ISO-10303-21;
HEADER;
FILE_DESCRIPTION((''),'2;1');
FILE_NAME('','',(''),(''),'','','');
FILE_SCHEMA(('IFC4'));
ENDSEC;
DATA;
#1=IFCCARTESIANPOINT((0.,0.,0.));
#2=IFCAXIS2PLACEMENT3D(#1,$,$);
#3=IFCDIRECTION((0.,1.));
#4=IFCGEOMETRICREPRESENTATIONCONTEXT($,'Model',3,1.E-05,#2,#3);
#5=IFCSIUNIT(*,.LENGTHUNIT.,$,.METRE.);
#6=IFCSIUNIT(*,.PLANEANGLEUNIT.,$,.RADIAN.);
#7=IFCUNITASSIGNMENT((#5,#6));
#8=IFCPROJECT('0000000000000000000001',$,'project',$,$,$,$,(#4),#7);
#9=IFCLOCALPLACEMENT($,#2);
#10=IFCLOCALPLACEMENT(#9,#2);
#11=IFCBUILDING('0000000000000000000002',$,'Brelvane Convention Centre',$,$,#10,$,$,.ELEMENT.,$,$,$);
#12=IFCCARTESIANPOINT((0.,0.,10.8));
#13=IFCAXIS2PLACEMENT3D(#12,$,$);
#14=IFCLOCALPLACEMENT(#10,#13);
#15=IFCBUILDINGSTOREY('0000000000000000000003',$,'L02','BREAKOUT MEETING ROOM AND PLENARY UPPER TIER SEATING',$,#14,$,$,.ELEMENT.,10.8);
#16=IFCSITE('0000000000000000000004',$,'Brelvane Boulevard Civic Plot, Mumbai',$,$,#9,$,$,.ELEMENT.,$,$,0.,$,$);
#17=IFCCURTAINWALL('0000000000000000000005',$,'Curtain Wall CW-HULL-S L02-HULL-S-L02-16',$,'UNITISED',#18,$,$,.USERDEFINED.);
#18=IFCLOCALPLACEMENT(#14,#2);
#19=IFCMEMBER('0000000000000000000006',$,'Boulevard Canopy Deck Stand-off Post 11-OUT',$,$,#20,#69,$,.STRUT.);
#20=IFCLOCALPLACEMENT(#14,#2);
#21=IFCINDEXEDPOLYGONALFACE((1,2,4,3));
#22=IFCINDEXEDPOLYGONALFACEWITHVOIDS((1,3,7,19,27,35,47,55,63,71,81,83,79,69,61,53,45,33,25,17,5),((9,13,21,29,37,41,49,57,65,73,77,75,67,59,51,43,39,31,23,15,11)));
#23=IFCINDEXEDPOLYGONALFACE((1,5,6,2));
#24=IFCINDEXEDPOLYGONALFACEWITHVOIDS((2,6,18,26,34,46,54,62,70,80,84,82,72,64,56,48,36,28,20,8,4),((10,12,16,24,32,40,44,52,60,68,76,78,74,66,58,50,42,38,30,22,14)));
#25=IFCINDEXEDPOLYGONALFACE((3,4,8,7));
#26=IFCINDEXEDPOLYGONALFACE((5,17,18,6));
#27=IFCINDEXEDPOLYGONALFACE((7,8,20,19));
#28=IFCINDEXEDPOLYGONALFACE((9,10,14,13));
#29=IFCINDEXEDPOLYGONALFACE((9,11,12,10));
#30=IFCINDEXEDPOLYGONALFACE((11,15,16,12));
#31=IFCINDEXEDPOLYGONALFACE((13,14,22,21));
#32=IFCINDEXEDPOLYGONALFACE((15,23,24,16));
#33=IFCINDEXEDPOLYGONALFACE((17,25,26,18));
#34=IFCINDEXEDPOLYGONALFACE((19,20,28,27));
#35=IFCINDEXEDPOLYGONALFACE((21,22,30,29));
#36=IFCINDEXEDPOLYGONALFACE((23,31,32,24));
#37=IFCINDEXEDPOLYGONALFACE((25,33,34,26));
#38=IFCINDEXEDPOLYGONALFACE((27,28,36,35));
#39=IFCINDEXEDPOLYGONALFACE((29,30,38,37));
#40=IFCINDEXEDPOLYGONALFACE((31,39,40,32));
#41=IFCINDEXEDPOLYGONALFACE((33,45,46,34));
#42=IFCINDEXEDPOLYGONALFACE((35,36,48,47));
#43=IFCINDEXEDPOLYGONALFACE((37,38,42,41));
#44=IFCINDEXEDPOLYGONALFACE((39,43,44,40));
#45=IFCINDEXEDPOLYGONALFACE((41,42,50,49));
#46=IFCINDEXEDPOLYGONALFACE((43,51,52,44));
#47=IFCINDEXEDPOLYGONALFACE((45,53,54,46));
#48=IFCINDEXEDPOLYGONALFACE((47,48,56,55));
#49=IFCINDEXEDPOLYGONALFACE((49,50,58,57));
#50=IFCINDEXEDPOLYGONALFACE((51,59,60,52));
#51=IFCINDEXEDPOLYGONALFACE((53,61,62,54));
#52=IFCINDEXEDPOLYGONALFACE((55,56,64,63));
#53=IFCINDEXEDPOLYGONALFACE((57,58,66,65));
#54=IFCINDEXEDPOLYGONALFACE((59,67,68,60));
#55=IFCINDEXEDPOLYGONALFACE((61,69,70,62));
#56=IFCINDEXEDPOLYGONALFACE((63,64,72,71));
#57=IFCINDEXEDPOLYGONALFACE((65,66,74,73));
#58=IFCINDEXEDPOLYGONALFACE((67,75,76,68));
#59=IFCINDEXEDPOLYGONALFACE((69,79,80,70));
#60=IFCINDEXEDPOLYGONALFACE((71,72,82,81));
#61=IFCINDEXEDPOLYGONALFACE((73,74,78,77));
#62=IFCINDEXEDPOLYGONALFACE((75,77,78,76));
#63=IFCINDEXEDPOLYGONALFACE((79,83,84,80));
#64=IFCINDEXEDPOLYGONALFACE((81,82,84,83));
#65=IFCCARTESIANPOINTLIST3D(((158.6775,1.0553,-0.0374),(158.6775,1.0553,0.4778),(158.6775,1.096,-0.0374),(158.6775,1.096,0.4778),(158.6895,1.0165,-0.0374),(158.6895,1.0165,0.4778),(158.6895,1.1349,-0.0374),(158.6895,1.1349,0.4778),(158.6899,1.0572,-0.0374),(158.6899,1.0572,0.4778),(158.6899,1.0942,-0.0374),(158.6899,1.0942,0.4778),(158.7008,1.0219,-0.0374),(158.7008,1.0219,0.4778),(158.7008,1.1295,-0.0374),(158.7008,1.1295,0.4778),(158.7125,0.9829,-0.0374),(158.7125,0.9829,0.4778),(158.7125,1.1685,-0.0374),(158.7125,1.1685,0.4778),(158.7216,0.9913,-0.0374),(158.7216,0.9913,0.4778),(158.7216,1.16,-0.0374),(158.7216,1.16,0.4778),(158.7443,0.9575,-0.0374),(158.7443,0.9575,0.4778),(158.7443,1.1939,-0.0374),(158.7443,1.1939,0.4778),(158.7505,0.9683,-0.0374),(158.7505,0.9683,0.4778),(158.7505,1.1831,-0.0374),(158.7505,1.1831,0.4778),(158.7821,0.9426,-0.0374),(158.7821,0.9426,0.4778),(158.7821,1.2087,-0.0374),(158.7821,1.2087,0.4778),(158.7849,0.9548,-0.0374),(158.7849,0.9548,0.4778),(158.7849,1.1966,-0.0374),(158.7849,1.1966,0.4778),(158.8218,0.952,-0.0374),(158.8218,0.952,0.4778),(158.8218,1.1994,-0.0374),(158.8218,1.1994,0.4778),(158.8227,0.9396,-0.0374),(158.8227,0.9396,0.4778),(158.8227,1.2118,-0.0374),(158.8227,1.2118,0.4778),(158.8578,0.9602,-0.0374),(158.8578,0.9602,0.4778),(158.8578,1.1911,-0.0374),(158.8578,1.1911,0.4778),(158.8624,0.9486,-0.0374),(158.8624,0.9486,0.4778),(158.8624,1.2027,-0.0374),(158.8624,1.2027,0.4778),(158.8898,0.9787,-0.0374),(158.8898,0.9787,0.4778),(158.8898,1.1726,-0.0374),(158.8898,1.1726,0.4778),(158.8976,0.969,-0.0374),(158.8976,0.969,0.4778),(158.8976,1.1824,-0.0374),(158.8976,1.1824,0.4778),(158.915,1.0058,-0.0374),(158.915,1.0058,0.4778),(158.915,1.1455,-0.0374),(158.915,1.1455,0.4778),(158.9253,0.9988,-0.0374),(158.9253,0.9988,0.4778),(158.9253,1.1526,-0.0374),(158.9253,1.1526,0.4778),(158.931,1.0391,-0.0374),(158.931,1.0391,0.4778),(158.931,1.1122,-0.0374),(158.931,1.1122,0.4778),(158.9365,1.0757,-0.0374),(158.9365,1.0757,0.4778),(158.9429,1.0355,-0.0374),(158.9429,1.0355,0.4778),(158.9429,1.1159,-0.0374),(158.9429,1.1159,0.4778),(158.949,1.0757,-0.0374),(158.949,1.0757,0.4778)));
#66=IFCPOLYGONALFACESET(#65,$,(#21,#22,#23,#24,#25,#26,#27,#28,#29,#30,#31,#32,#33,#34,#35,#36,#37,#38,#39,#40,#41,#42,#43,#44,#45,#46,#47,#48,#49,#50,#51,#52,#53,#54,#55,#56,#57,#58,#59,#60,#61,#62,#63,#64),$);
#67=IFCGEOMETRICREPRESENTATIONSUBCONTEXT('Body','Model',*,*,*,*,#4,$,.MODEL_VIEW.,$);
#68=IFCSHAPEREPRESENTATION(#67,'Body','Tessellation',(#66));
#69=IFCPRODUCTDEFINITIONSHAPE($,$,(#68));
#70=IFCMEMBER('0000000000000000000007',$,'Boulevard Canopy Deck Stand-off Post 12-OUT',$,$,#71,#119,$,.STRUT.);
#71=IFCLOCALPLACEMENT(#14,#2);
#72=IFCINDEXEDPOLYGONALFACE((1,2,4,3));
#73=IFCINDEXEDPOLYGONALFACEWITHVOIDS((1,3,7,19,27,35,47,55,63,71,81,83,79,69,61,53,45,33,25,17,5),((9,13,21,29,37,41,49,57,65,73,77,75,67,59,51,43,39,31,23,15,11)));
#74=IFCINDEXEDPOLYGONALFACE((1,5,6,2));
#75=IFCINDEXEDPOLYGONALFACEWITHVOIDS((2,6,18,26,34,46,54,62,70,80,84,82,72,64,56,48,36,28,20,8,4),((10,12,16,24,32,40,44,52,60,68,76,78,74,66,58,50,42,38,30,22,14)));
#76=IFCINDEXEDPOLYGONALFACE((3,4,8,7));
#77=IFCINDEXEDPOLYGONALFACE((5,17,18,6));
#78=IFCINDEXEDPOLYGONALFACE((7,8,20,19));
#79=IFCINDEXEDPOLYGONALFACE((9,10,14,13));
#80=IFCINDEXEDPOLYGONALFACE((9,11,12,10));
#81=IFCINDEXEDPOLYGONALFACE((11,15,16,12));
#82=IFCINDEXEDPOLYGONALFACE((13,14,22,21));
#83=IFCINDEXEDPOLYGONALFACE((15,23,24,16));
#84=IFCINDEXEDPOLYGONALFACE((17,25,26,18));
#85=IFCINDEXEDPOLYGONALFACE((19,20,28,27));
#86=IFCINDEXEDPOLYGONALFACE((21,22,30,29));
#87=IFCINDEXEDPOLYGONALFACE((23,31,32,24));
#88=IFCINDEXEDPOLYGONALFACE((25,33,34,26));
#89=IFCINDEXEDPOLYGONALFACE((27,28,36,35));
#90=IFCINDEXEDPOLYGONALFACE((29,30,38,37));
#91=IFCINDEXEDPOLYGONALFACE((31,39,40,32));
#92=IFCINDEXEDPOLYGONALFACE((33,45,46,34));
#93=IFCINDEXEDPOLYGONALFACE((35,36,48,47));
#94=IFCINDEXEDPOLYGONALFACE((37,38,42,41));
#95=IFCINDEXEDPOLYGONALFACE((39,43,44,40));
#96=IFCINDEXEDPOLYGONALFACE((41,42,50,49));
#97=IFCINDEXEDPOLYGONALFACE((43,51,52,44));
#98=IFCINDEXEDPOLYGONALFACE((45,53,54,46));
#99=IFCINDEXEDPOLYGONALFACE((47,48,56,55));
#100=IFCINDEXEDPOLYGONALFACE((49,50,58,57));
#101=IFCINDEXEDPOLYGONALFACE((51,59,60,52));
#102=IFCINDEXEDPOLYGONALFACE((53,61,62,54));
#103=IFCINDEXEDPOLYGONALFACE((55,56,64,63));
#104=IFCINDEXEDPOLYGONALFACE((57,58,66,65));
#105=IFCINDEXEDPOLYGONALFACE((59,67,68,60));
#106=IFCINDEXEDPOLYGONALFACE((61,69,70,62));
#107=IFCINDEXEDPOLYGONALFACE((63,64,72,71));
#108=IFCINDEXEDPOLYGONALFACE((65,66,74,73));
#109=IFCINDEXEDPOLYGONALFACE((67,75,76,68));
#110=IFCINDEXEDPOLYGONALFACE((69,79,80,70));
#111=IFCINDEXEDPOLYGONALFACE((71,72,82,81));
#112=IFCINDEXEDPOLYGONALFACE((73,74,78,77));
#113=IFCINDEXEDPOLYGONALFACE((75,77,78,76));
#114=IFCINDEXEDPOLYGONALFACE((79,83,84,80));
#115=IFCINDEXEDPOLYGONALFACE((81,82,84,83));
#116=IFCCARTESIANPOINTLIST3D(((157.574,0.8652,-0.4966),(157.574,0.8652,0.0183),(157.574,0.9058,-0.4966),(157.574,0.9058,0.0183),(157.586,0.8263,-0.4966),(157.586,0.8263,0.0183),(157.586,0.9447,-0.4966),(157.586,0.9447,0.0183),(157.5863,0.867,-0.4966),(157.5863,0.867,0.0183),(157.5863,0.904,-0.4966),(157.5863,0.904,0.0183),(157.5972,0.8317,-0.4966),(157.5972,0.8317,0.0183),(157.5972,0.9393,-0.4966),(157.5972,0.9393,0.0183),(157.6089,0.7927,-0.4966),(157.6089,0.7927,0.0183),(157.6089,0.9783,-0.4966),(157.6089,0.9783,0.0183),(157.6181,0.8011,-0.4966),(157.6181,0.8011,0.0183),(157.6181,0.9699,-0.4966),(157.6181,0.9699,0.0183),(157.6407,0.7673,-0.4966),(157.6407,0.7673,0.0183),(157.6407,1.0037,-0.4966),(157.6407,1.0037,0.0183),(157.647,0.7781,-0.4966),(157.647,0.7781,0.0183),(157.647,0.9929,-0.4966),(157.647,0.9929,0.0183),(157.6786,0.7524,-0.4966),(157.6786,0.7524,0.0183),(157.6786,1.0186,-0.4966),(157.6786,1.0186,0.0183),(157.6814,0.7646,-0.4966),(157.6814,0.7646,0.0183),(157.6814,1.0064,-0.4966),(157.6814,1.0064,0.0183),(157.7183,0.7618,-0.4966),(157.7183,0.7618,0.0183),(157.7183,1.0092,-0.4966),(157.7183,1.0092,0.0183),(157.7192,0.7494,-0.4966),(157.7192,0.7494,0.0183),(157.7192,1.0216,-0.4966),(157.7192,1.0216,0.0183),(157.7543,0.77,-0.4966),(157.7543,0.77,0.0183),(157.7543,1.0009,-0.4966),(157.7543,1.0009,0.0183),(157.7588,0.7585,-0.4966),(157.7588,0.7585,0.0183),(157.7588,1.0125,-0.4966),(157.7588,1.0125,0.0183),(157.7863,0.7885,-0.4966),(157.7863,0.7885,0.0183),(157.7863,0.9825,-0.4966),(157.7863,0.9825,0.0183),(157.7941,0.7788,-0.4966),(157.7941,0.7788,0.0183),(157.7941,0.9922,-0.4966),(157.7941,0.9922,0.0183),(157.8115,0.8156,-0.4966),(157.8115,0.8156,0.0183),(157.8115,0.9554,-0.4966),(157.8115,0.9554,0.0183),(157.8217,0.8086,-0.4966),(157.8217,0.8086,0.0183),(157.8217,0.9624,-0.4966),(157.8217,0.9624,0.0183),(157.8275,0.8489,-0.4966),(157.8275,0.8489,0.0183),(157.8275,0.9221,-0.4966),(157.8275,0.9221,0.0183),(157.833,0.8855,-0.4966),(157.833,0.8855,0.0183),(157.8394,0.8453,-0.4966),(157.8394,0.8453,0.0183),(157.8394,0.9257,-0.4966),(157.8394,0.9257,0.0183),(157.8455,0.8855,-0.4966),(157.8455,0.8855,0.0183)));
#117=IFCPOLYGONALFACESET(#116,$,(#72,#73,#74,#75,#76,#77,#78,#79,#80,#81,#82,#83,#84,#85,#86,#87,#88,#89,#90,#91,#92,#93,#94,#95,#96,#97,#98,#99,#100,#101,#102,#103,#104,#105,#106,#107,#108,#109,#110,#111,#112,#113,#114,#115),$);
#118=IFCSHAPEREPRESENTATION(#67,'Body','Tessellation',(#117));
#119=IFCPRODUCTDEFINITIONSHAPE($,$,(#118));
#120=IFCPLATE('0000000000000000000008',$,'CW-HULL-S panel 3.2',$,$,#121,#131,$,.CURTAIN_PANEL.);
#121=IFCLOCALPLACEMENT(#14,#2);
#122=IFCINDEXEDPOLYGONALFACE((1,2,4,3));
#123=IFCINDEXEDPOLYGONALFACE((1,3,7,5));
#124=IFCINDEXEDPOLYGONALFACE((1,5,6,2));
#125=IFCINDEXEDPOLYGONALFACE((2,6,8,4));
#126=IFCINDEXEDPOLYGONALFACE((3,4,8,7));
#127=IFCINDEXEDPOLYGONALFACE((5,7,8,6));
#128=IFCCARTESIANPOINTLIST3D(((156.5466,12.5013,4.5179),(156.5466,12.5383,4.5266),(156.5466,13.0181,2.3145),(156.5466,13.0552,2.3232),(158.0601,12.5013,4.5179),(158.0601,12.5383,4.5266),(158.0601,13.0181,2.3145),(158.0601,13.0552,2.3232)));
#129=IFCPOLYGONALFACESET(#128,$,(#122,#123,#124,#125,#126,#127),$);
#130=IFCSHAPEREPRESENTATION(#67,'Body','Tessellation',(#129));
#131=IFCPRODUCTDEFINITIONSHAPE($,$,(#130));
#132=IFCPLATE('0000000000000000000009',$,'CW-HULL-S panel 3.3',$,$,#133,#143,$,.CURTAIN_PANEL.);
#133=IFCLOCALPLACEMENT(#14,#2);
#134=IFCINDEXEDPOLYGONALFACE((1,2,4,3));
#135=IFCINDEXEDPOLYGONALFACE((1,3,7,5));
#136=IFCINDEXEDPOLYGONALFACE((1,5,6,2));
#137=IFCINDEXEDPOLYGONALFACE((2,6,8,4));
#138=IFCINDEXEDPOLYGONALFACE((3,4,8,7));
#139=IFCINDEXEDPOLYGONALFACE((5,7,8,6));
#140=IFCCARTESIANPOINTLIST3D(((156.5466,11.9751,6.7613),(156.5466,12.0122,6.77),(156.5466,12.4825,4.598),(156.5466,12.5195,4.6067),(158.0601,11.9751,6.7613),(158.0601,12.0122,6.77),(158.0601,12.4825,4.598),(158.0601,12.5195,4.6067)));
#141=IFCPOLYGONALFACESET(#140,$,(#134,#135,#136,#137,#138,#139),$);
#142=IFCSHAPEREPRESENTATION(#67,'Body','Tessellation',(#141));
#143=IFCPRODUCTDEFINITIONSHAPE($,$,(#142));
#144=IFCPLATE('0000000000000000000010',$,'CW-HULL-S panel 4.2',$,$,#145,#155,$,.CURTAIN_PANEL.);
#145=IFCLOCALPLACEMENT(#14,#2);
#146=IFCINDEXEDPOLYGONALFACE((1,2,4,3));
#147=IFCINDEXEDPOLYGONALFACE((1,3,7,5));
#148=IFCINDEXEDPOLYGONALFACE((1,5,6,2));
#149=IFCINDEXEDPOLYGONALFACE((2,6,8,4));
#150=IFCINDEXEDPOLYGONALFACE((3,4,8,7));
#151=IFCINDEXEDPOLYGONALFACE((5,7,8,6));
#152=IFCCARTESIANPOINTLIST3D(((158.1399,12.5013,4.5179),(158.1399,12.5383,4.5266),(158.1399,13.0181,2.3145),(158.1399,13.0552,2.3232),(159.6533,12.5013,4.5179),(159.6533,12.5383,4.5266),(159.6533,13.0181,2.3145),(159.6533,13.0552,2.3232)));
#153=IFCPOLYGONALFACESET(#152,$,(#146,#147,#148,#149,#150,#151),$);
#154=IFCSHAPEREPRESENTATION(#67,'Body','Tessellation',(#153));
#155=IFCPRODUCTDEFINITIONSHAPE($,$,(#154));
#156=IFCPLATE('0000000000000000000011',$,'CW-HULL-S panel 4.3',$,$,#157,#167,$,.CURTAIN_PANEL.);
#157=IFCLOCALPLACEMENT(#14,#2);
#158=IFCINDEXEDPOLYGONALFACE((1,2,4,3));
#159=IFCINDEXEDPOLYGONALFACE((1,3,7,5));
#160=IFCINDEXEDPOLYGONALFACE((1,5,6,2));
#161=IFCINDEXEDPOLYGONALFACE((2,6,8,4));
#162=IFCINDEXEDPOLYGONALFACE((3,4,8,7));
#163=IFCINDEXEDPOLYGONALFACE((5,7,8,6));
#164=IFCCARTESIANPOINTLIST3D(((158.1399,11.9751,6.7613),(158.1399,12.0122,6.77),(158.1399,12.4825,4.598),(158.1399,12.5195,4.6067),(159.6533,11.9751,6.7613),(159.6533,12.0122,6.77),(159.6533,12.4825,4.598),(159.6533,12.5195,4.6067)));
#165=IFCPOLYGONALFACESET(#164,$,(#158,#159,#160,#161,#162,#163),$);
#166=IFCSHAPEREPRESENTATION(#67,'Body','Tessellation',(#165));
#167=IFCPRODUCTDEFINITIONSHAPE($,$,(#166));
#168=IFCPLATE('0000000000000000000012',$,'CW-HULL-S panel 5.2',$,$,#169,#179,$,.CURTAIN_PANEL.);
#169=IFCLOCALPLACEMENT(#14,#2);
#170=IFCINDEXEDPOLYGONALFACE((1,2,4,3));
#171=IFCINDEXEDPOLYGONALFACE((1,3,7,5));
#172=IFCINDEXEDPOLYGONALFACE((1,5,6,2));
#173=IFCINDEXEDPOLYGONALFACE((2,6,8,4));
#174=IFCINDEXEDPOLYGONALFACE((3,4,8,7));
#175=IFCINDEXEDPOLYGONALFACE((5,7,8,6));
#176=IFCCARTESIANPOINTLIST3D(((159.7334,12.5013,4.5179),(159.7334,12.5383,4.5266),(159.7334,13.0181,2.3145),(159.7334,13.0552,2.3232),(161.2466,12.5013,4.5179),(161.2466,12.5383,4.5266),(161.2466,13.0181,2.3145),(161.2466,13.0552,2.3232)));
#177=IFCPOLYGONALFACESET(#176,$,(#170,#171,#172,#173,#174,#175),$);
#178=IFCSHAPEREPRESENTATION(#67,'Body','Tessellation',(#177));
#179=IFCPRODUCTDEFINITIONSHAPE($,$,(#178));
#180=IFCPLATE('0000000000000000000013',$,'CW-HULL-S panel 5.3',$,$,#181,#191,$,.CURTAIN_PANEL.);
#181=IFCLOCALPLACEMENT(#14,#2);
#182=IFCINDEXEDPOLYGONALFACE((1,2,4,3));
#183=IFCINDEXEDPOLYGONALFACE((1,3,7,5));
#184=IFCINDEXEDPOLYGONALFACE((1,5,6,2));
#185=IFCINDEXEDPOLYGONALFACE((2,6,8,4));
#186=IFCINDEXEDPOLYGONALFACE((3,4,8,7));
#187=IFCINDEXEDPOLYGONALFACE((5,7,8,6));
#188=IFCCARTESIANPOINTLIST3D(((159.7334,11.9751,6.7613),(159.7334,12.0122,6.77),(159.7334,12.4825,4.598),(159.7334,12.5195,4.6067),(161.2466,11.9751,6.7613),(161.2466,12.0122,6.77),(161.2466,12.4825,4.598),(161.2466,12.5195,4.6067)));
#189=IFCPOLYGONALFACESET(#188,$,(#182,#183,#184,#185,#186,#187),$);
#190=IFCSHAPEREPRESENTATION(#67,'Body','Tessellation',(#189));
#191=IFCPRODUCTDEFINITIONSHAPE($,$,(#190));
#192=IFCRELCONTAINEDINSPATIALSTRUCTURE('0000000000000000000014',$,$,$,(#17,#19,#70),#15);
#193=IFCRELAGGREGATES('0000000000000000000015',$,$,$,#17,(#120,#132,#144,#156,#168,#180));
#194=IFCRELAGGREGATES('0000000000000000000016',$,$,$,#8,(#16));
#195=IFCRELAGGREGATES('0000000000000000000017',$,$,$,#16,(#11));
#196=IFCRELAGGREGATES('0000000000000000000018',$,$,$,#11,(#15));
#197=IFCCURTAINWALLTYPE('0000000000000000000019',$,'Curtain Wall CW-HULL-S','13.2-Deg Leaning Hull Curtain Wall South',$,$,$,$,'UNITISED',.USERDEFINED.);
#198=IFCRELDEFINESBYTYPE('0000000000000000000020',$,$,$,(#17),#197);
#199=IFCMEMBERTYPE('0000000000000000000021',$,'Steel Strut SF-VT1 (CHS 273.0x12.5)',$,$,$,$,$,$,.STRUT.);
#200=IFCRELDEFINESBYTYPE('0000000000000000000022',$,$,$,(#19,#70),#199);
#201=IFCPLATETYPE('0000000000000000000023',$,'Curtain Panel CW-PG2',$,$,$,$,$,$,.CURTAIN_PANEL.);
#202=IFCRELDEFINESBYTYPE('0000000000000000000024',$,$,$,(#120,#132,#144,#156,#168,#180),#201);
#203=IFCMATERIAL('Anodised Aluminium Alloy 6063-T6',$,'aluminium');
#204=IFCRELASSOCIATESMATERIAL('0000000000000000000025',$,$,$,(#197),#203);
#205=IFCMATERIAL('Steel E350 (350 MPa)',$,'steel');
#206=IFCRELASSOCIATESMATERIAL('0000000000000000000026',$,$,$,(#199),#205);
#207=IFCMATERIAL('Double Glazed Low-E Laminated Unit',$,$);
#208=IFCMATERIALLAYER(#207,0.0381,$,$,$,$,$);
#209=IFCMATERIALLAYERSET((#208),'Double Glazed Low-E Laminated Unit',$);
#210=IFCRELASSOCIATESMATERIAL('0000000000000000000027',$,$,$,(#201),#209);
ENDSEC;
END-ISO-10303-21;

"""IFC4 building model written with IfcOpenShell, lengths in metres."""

from ifc_helpers import new_model, si_unit, direction, frame, origin, origin_2d, place, context, subcontext, project, spatial, polyline, hollow_circle, outline, extrude, material, layer, layer_set, material_profile, profile_set, type_object, element, aggregate, save


model = new_model("IFC4")

# Units and contexts
model_context = context("Model", 3, precision=1e-05, world=origin(), true_north=direction((0.0, 1.0)))
body_context = subcontext(model_context, "Body", "Model", "MODEL_VIEW")
ifc_project = project(units=[si_unit("LENGTHUNIT", "METRE"), si_unit("PLANEANGLEUNIT", "RADIAN")], contexts=[model_context])

# Site, building, storey
site_placement = place(None, origin())
site = spatial("IfcSite", under=ifc_project, at=site_placement, Name="Brelvane Boulevard Civic Plot, Mumbai", CompositionType="ELEMENT", RefElevation=0.0)
building_placement = place(site_placement, origin())
building = spatial("IfcBuilding", under=site, at=building_placement, Name="Brelvane Convention Centre", CompositionType="ELEMENT")
storey_placement = place(building_placement, frame((0.0, 0.0, 10.8)))
storey = spatial("IfcBuildingStorey", under=building, at=storey_placement, Name="L02", Description="BREAKOUT MEETING ROOM AND PLENARY UPPER TIER SEATING", CompositionType="ELEMENT", Elevation=10.8)

# Curtain wall
ifc_material_1 = material(Name="Anodised Aluminium Alloy 6063-T6", Category="aluminium")
curtain_wall_type = type_object("IfcCurtainWallType", Name="Curtain Wall CW-HULL-S", Description="13.2-Deg Leaning Hull Curtain Wall South", ElementType="UNITISED", PredefinedType="USERDEFINED", material=ifc_material_1)
curtain_wall_placement = place(storey_placement, origin())
curtain_wall = element("IfcCurtainWall", 1, at=curtain_wall_placement, inside=storey, type_object=curtain_wall_type, Name="Curtain Wall CW-HULL-S L02-HULL-S-L02-16", ObjectType="UNITISED", PredefinedType="USERDEFINED")

# Members
ifc_material_2 = material(Name="Steel E350 (350 MPa)", Category="steel")
ifc_material_profile_1 = material_profile(ifc_material_2, hollow_circle(Radius=0.1365, WallThickness=0.0125, at=origin_2d()), Name="CHS 273.0x12.5")
ifc_profile_set_1 = profile_set([ifc_material_profile_1], Name="Steel E350 (350 MPa)")
member_type_1 = type_object("IfcMemberType", Name="Steel Strut SF-VT1 (CHS 273.0x12.5)", PredefinedType="STRUT", material=ifc_profile_set_1)
member_1_placement = place(storey_placement, frame((158.8125, 1.0757, -0.0374), z_axis=(0.0, 0.0, 1.0), x_axis=(1.0, 0.0, 0.0)))
element("IfcMember", 2, at=member_1_placement, inside=storey, type_object=member_type_1, Name="Boulevard Canopy Deck Stand-off Post 11-OUT", PredefinedType="STRUT", context=body_context, shape_type="SweptSolid", body=[
    extrude(hollow_circle(Radius=0.1365, WallThickness=0.0125, at=origin_2d()), origin(), (0.0, 0.0, 1.0), 0.5151),
])
member_2_placement = place(storey_placement, frame((157.709, 0.8855, -0.4966), z_axis=(0.0, 0.0, 1.0), x_axis=(1.0, 0.0, 0.0)))
element("IfcMember", 3, at=member_2_placement, inside=storey, type_object=member_type_1, Name="Boulevard Canopy Deck Stand-off Post 12-OUT", PredefinedType="STRUT", context=body_context, shape_type="SweptSolid", body=[
    extrude(hollow_circle(Radius=0.1365, WallThickness=0.0125, at=origin_2d()), origin(), (0.0, 0.0, 1.0), 0.5149),
])

# Plates
ifc_material_3 = material(Name="Double Glazed Low-E Laminated Unit")
ifc_layer_1 = layer(ifc_material_3, 0.0381)
ifc_layer_set_1 = layer_set([ifc_layer_1], Name="Double Glazed Low-E Laminated Unit")
plate_type_1 = type_object("IfcPlateType", Name="Curtain Panel CW-PG2", PredefinedType="CURTAIN_PANEL", material=ifc_layer_set_1)
plate_1_placement = place(storey_placement, frame((156.5466, 13.0552, 2.3232), z_axis=(0.0, 0.973574, 0.228372), x_axis=(1.0, 0.0, 0.0)))
plate_1 = element("IfcPlate", 4, at=plate_1_placement, type_object=plate_type_1, Name="CW-HULL-S panel 3.2", PredefinedType="CURTAIN_PANEL", context=body_context, shape_type="SweptSolid", body=[
    extrude(outline(polyline([(0.0, 0.0), (1.5134, 0.0), (1.5134, -2.2632), (0.0, -2.2632), (0.0, 0.0)])), origin(), (0.0, 0.0, -1.0), 0.0381),
])
plate_2_placement = place(storey_placement, frame((156.5466, 12.5195, 4.6067), z_axis=(0.0, 0.973587, 0.228317), x_axis=(1.0, 0.0, 0.0)))
plate_2 = element("IfcPlate", 5, at=plate_2_placement, type_object=plate_type_1, Name="CW-HULL-S panel 3.3", PredefinedType="CURTAIN_PANEL", context=body_context, shape_type="SweptSolid", body=[
    extrude(outline(polyline([(0.0, 0.0), (1.5134, 0.0), (1.5134, -2.222), (0.0, -2.222), (0.0, 0.0)])), origin(), (0.0, 0.0, -1.0), 0.0381),
])
plate_3_placement = place(storey_placement, frame((158.1399, 13.0552, 2.3232), z_axis=(0.0, 0.973574, 0.228372), x_axis=(1.0, 0.0, 0.0)))
plate_3 = element("IfcPlate", 6, at=plate_3_placement, type_object=plate_type_1, Name="CW-HULL-S panel 4.2", PredefinedType="CURTAIN_PANEL", context=body_context, shape_type="SweptSolid", body=[
    extrude(outline(polyline([(0.0, 0.0), (1.5134, 0.0), (1.5134, -2.2632), (0.0, -2.2632), (0.0, 0.0)])), origin(), (0.0, 0.0, -1.0), 0.0381),
])
plate_4_placement = place(storey_placement, frame((158.1399, 12.5195, 4.6067), z_axis=(0.0, 0.973587, 0.228317), x_axis=(1.0, 0.0, 0.0)))
plate_4 = element("IfcPlate", 7, at=plate_4_placement, type_object=plate_type_1, Name="CW-HULL-S panel 4.3", PredefinedType="CURTAIN_PANEL", context=body_context, shape_type="SweptSolid", body=[
    extrude(outline(polyline([(0.0, 0.0), (1.5134, 0.0), (1.5134, -2.222), (0.0, -2.222), (0.0, 0.0)])), origin(), (0.0, 0.0, -1.0), 0.0381),
])
plate_5_placement = place(storey_placement, frame((159.7334, 13.0552, 2.3232), z_axis=(0.0, 0.973574, 0.228372), x_axis=(1.0, 0.0, 0.0)))
plate_5 = element("IfcPlate", 8, at=plate_5_placement, type_object=plate_type_1, Name="CW-HULL-S panel 5.2", PredefinedType="CURTAIN_PANEL", context=body_context, shape_type="SweptSolid", body=[
    extrude(outline(polyline([(0.0, 0.0), (1.5132, 0.0), (1.5132, -2.2632), (0.0, -2.2632), (0.0, 0.0)])), origin(), (0.0, 0.0, -1.0), 0.0381),
])
plate_6_placement = place(storey_placement, frame((159.7334, 12.5195, 4.6067), z_axis=(0.0, 0.973587, 0.228317), x_axis=(1.0, 0.0, 0.0)))
plate_6 = element("IfcPlate", 9, at=plate_6_placement, type_object=plate_type_1, Name="CW-HULL-S panel 5.3", PredefinedType="CURTAIN_PANEL", context=body_context, shape_type="SweptSolid", body=[
    extrude(outline(polyline([(0.0, 0.0), (1.5132, 0.0), (1.5132, -2.222), (0.0, -2.222), (0.0, 0.0)])), origin(), (0.0, 0.0, -1.0), 0.0381),
])
aggregate(curtain_wall, [plate_1, plate_2, plate_3, plate_4, plate_5, plate_6])

save(model, "model.ifc")
